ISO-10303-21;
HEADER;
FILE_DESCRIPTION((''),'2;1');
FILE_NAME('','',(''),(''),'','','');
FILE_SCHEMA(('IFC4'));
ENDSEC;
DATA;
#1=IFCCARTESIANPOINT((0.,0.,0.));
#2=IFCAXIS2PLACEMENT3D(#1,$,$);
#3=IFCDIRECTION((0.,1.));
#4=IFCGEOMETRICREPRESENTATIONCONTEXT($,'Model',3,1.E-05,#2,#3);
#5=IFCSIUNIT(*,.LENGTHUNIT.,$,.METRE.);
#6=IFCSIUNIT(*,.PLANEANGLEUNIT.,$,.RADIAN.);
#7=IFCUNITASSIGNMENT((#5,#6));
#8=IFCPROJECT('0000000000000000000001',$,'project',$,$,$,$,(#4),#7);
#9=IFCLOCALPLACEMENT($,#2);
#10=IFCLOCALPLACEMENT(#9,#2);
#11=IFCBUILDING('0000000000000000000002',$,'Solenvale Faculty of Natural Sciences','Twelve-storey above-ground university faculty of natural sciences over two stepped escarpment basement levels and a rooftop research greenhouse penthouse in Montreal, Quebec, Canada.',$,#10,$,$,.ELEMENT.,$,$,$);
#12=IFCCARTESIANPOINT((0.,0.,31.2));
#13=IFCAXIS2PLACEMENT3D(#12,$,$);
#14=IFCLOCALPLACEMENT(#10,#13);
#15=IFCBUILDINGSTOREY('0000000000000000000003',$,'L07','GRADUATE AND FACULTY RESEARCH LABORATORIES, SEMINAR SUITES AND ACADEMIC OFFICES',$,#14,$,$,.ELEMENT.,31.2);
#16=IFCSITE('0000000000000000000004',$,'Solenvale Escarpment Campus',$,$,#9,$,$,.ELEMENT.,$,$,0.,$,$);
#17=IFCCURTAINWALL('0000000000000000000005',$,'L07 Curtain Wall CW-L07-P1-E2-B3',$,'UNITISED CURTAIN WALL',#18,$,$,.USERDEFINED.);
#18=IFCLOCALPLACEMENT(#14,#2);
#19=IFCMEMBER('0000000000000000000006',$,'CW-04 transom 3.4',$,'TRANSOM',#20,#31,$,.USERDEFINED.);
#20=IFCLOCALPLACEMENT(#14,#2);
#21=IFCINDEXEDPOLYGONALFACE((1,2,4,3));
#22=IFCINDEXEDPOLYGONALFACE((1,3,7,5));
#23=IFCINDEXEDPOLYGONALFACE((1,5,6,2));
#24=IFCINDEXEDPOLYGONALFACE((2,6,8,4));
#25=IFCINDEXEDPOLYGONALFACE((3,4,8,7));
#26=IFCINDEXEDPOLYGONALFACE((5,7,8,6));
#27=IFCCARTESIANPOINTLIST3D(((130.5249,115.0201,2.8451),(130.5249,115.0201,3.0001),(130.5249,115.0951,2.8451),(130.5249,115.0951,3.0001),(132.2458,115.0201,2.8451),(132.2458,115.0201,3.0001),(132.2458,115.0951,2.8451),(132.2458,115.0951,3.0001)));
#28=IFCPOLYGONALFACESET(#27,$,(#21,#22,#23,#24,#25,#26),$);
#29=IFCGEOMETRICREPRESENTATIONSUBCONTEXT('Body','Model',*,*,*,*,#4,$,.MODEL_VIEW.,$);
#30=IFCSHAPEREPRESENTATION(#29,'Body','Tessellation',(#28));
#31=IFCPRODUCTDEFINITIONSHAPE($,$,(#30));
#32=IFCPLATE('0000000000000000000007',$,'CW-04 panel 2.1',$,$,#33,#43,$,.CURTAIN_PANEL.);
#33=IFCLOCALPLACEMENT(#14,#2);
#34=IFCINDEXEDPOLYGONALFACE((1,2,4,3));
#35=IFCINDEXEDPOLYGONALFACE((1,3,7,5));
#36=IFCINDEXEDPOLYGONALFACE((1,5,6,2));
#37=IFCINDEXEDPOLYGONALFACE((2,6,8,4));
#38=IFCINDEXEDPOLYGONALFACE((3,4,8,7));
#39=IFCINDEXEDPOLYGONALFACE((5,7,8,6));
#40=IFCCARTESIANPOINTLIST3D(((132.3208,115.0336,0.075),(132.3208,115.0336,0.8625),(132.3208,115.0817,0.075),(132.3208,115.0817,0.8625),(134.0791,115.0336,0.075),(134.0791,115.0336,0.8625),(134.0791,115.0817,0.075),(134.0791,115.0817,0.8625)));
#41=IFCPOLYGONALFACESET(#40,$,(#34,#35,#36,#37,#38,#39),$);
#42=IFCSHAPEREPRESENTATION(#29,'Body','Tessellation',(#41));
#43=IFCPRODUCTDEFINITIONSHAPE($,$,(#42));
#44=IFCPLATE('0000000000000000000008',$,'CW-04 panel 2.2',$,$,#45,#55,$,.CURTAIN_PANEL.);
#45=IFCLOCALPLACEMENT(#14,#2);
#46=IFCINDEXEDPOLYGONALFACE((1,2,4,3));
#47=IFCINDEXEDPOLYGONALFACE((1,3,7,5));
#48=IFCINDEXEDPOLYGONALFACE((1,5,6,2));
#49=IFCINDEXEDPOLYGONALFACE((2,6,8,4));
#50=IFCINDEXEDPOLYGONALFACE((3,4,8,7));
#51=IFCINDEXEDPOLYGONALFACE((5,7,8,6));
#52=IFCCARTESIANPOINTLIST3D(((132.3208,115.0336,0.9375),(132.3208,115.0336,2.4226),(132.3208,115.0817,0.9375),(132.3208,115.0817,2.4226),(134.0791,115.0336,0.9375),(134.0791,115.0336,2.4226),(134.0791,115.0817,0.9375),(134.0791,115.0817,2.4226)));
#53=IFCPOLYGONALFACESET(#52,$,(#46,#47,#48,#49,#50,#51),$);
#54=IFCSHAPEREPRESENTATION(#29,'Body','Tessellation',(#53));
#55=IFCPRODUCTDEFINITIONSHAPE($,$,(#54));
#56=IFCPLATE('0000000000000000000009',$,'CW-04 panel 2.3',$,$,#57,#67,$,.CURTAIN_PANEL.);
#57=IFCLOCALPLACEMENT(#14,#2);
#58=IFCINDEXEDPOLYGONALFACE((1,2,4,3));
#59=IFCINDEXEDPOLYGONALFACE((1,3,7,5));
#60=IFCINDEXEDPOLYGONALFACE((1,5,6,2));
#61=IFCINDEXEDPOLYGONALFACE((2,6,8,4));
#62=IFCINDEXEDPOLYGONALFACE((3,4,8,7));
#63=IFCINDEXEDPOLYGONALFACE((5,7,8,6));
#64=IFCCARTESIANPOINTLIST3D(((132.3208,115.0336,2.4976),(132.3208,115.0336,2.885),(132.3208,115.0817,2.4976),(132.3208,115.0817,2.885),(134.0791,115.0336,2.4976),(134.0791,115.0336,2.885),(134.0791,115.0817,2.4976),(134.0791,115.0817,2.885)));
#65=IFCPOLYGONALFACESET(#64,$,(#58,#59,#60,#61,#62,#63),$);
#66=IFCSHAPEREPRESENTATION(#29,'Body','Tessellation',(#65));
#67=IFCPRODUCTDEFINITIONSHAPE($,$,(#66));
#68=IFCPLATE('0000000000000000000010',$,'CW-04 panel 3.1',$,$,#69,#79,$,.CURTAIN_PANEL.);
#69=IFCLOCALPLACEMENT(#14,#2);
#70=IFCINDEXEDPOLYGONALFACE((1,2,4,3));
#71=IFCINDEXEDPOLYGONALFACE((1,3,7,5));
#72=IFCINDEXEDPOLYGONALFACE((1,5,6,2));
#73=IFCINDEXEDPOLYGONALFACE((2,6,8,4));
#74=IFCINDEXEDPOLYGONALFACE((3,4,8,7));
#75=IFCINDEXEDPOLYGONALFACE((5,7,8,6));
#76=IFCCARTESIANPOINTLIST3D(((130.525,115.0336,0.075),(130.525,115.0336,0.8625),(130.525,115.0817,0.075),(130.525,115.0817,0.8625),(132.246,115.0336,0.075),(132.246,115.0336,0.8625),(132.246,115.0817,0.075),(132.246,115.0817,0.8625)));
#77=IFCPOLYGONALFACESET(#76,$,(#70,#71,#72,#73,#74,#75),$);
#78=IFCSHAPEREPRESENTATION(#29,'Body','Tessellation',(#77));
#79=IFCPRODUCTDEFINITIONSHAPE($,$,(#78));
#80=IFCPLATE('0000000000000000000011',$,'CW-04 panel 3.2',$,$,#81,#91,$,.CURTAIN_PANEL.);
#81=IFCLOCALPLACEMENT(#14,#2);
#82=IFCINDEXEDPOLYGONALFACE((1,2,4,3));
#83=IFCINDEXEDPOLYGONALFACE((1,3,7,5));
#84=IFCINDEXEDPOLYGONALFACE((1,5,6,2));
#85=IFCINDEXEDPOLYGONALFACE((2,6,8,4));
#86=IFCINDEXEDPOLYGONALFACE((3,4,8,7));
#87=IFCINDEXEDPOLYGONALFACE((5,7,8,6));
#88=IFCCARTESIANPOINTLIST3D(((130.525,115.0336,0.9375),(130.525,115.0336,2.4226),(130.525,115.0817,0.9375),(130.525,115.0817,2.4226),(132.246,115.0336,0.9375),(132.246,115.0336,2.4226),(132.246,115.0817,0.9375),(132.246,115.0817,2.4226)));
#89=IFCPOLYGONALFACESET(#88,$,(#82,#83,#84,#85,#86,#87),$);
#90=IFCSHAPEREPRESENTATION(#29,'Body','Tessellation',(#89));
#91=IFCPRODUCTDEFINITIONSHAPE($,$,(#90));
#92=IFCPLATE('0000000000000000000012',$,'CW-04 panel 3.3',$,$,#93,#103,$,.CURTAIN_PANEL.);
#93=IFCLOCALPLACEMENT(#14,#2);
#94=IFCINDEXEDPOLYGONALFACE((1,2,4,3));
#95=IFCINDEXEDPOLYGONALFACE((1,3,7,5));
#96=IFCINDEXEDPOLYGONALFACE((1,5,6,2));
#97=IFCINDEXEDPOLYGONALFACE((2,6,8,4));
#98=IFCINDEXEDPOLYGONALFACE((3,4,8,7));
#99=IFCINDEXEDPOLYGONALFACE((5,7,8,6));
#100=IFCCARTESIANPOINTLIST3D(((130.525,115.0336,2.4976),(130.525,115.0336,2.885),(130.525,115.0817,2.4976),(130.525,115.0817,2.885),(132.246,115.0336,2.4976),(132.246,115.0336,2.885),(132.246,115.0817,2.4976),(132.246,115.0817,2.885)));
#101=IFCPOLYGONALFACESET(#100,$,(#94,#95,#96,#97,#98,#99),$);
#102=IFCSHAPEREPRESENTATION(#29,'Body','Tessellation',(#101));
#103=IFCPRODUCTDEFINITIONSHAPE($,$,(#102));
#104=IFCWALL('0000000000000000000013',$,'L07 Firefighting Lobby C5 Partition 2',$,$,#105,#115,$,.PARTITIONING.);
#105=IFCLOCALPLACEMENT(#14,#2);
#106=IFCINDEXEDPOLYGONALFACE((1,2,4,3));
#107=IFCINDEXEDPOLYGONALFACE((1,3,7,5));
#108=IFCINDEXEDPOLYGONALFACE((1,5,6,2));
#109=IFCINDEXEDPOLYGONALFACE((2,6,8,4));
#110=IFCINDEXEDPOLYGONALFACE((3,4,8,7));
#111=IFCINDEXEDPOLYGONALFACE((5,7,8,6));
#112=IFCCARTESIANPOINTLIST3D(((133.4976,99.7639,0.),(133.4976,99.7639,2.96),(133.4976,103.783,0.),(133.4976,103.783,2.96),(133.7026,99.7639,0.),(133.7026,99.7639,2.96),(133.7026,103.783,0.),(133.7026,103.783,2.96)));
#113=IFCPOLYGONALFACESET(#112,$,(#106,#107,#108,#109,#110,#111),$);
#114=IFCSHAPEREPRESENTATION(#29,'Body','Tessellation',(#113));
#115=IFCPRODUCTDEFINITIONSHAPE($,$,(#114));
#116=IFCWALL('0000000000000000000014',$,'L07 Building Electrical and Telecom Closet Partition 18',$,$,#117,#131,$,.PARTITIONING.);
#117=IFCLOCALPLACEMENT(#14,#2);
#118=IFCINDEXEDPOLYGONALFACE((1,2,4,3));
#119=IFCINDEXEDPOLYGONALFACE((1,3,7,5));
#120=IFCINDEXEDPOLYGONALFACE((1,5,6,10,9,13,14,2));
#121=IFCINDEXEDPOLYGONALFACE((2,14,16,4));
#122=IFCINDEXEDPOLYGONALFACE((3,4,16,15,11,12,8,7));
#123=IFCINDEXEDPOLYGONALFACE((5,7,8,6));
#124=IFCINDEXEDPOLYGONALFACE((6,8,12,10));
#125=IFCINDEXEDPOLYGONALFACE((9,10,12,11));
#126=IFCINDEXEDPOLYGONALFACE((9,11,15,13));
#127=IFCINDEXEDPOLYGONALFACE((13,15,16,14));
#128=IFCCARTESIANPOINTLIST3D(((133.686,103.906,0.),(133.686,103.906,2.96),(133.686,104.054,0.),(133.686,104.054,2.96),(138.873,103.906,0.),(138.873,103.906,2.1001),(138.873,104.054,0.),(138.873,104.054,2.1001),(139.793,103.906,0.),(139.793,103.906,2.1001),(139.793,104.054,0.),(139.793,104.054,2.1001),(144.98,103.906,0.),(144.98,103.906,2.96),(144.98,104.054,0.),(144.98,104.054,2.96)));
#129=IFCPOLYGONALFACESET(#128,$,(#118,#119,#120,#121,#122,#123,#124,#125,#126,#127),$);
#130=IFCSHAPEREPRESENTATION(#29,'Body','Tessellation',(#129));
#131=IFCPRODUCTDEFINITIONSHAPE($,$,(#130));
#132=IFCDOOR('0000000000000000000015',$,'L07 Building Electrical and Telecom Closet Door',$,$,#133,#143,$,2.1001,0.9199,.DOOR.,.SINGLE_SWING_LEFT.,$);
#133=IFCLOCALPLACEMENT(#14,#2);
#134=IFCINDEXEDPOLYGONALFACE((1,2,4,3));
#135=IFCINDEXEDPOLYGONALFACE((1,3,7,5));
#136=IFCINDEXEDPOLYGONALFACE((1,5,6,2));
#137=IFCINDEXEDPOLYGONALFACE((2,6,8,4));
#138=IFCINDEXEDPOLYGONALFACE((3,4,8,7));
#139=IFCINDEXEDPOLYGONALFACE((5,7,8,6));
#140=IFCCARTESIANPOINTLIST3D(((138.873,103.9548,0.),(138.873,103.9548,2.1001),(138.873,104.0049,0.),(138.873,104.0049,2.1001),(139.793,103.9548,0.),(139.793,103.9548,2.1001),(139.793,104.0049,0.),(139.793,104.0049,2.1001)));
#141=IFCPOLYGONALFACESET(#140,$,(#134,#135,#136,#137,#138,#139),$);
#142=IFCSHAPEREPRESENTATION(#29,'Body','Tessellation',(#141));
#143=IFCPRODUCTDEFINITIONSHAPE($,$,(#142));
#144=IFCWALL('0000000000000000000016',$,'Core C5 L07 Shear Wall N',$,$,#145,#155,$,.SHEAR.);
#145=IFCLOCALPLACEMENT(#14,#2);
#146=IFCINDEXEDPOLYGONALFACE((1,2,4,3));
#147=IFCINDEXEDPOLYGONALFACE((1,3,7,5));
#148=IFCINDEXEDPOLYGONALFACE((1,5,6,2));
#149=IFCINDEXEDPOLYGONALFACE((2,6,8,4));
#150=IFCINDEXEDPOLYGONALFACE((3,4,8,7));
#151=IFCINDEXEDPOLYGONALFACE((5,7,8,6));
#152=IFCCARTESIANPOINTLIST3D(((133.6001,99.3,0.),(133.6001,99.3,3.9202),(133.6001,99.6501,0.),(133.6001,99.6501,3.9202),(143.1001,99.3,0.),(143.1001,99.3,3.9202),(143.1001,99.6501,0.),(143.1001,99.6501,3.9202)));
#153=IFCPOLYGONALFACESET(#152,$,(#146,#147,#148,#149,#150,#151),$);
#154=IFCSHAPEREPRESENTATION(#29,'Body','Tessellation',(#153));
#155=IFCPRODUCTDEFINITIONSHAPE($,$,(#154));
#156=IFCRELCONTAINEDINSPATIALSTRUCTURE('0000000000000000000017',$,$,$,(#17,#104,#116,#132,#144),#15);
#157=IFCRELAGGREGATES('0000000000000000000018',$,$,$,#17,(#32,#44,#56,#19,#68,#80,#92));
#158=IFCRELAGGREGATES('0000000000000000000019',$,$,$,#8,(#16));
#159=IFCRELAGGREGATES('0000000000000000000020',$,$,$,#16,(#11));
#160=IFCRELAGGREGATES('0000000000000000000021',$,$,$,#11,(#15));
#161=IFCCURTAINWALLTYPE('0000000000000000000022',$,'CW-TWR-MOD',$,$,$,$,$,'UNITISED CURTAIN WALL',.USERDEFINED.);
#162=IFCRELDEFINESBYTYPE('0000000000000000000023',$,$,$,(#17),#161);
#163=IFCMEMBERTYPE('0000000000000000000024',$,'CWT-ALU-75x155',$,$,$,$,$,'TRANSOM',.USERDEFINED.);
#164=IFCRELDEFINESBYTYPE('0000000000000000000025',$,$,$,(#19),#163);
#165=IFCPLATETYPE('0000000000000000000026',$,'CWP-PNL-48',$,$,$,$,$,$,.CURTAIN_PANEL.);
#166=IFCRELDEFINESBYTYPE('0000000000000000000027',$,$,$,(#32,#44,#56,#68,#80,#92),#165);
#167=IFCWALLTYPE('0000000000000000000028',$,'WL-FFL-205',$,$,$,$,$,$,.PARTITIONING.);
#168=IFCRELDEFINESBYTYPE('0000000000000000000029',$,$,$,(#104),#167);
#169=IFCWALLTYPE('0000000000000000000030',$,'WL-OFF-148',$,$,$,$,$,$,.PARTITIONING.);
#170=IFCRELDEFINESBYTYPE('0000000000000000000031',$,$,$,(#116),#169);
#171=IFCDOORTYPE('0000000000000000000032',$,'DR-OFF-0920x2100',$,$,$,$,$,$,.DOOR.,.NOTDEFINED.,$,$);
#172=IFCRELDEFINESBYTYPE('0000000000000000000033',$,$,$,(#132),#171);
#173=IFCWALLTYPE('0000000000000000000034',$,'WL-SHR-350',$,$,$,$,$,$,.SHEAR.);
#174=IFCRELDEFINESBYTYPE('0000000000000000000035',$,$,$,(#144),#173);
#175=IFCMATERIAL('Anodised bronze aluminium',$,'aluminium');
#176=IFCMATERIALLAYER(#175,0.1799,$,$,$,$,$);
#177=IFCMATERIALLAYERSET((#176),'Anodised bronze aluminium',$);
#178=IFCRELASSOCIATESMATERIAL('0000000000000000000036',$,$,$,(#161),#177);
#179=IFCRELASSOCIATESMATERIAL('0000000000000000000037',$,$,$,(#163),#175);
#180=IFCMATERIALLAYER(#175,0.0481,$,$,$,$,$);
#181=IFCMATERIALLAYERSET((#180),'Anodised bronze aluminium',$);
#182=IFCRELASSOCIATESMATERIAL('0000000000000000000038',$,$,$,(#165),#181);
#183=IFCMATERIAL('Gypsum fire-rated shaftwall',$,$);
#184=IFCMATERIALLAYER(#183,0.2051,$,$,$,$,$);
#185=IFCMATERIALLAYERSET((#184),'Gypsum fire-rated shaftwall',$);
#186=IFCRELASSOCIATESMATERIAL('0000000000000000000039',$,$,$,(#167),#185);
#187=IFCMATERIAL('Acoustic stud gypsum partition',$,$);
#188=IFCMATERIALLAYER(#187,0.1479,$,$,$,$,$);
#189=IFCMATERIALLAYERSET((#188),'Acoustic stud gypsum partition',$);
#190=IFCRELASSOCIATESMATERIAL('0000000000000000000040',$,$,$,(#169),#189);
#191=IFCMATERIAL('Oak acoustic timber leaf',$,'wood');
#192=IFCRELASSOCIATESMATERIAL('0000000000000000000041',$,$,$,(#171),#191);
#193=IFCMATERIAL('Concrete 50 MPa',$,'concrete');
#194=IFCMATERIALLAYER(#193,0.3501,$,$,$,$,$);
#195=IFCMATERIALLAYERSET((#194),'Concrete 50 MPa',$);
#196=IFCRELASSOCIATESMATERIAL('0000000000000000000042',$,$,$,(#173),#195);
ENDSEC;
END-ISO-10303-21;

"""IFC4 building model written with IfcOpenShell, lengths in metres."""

from ifc_helpers import new_model, si_unit, direction, frame, frame_2d, origin, origin_2d, place, context, subcontext, project, spatial, rectangle, extrude, material, layer, layer_set, material_profile, profile_set, type_object, element, fill, aggregate, save


model = new_model("IFC4")

# Units and contexts
model_context = context("Model", 3, precision=1e-05, world=origin(), true_north=direction((0.0, 1.0)))
body_context = subcontext(model_context, "Body", "Model", "MODEL_VIEW")
ifc_project = project(units=[si_unit("LENGTHUNIT", "METRE"), si_unit("PLANEANGLEUNIT", "RADIAN")], contexts=[model_context])

# Site, building, storey
site_placement = place(None, origin())
site = spatial("IfcSite", under=ifc_project, at=site_placement, Name="Solenvale Escarpment Campus", CompositionType="ELEMENT", RefElevation=0.0)
building_placement = place(site_placement, origin())
building = spatial("IfcBuilding", under=site, at=building_placement, Name="Solenvale Faculty of Natural Sciences", Description="Twelve-storey above-ground university faculty of natural sciences over two stepped escarpment basement levels and a rooftop research greenhouse penthouse in Montreal, Quebec, Canada.", CompositionType="ELEMENT")
storey_placement = place(building_placement, frame((0.0, 0.0, 31.2)))
storey = spatial("IfcBuildingStorey", under=building, at=storey_placement, Name="L07", Description="GRADUATE AND FACULTY RESEARCH LABORATORIES, SEMINAR SUITES AND ACADEMIC OFFICES", CompositionType="ELEMENT", Elevation=31.2)

# Curtain wall, member, plates
ifc_material_1 = material(Name="Anodised bronze aluminium", Category="aluminium")
ifc_layer_1 = layer(ifc_material_1, 0.1799)
ifc_layer_set_1 = layer_set([ifc_layer_1], Name="Anodised bronze aluminium")
curtain_wall_type = type_object("IfcCurtainWallType", Name="CW-TWR-MOD", ElementType="UNITISED CURTAIN WALL", PredefinedType="USERDEFINED", material=ifc_layer_set_1)
curtain_wall_placement = place(storey_placement, origin())
curtain_wall = element("IfcCurtainWall", 1, at=curtain_wall_placement, inside=storey, type_object=curtain_wall_type, Name="L07 Curtain Wall CW-L07-P1-E2-B3", ObjectType="UNITISED CURTAIN WALL", PredefinedType="USERDEFINED")
ifc_material_profile_1 = material_profile(ifc_material_1, rectangle(XDim=0.075, YDim=0.155, at=origin_2d()), Name="ALU-TRN-75x155")
ifc_profile_set_1 = profile_set([ifc_material_profile_1], Name="Anodised bronze aluminium")
member_type_1 = type_object("IfcMemberType", Name="CWT-ALU-75x155", ElementType="TRANSOM", PredefinedType="USERDEFINED", material=ifc_profile_set_1)
member_1_placement = place(storey_placement, frame((132.2458, 115.0576, 2.9226), z_axis=(-1.0, 0.0, 0.0), x_axis=(0.0, -1.0, 0.0)))
member_1 = element("IfcMember", 2, at=member_1_placement, type_object=member_type_1, Name="CW-04 transom 3.4", ObjectType="TRANSOM", PredefinedType="USERDEFINED", context=body_context, shape_type="SweptSolid", body=[
    extrude(rectangle(XDim=0.075, YDim=0.155, at=origin_2d()), origin(), (0.0, 0.0, 1.0), 1.7209),
])
ifc_layer_2 = layer(ifc_material_1, 0.0481)
ifc_layer_set_2 = layer_set([ifc_layer_2], Name="Anodised bronze aluminium")
plate_type = type_object("IfcPlateType", Name="CWP-PNL-48", PredefinedType="CURTAIN_PANEL", material=ifc_layer_set_2)
plate_1_placement = place(storey_placement, frame((133.2, 115.0576, 0.075), z_axis=(0.0, 0.0, 1.0), x_axis=(-1.0, 0.0, 0.0)))
plate_1 = element("IfcPlate", 3, at=plate_1_placement, type_object=plate_type, Name="CW-04 panel 2.1", PredefinedType="CURTAIN_PANEL", context=body_context, shape_type="SweptSolid", body=[
    extrude(rectangle(XDim=1.7583, YDim=0.0481, at=origin_2d()), origin(), (0.0, 0.0, 1.0), 0.7876),
])
plate_2_placement = place(storey_placement, frame((133.2, 115.0576, 0.9375), z_axis=(0.0, 0.0, 1.0), x_axis=(-1.0, 0.0, 0.0)))
plate_2 = element("IfcPlate", 4, at=plate_2_placement, type_object=plate_type, Name="CW-04 panel 2.2", PredefinedType="CURTAIN_PANEL", context=body_context, shape_type="SweptSolid", body=[
    extrude(rectangle(XDim=1.7583, YDim=0.0481, at=origin_2d()), origin(), (0.0, 0.0, 1.0), 1.4851),
])
plate_3_placement = place(storey_placement, frame((133.2, 115.0576, 2.4976), z_axis=(0.0, 0.0, 1.0), x_axis=(-1.0, 0.0, 0.0)))
plate_3 = element("IfcPlate", 5, at=plate_3_placement, type_object=plate_type, Name="CW-04 panel 2.3", PredefinedType="CURTAIN_PANEL", context=body_context, shape_type="SweptSolid", body=[
    extrude(rectangle(XDim=1.7583, YDim=0.0481, at=origin_2d()), origin(), (0.0, 0.0, 1.0), 0.3875),
])
plate_4_placement = place(storey_placement, frame((131.3855, 115.0576, 0.075), z_axis=(0.0, 0.0, 1.0), x_axis=(-1.0, 0.0, 0.0)))
plate_4 = element("IfcPlate", 6, at=plate_4_placement, type_object=plate_type, Name="CW-04 panel 3.1", PredefinedType="CURTAIN_PANEL", context=body_context, shape_type="SweptSolid", body=[
    extrude(rectangle(XDim=1.7209, YDim=0.0481, at=origin_2d()), origin(), (0.0, 0.0, 1.0), 0.7876),
])
plate_5_placement = place(storey_placement, frame((131.3855, 115.0576, 0.9375), z_axis=(0.0, 0.0, 1.0), x_axis=(-1.0, 0.0, 0.0)))
plate_5 = element("IfcPlate", 7, at=plate_5_placement, type_object=plate_type, Name="CW-04 panel 3.2", PredefinedType="CURTAIN_PANEL", context=body_context, shape_type="SweptSolid", body=[
    extrude(rectangle(XDim=1.7209, YDim=0.0481, at=origin_2d()), origin(), (0.0, 0.0, 1.0), 1.4851),
])
plate_6_placement = place(storey_placement, frame((131.3855, 115.0576, 2.4976), z_axis=(0.0, 0.0, 1.0), x_axis=(-1.0, 0.0, 0.0)))
plate_6 = element("IfcPlate", 8, at=plate_6_placement, type_object=plate_type, Name="CW-04 panel 3.3", PredefinedType="CURTAIN_PANEL", context=body_context, shape_type="SweptSolid", body=[
    extrude(rectangle(XDim=1.7209, YDim=0.0481, at=origin_2d()), origin(), (0.0, 0.0, 1.0), 0.3875),
])
aggregate(curtain_wall, [plate_1, plate_2, plate_3, member_1, plate_4, plate_5, plate_6])

# Wall
ifc_material_2 = material(Name="Gypsum fire-rated shaftwall")
ifc_layer_3 = layer(ifc_material_2, 0.2051)
ifc_layer_set_3 = layer_set([ifc_layer_3], Name="Gypsum fire-rated shaftwall")
wall_type_1 = type_object("IfcWallType", Name="WL-FFL-205", PredefinedType="PARTITIONING", material=ifc_layer_set_3)
wall_1_placement = place(storey_placement, frame((133.6001, 103.783, 0.0), z_axis=(0.0, 0.0, 1.0), x_axis=(0.0, -1.0, 0.0)))
element("IfcWall", 9, at=wall_1_placement, inside=storey, type_object=wall_type_1, Name="L07 Firefighting Lobby C5 Partition 2", PredefinedType="PARTITIONING", context=body_context, shape_type="SweptSolid", body=[
    extrude(rectangle(XDim=4.019, YDim=0.2051, at=frame_2d((2.0095, 0.0))), origin(), (0.0, 0.0, 1.0), 2.96),
])

# Wall, opening, door
ifc_material_3 = material(Name="Acoustic stud gypsum partition")
ifc_layer_4 = layer(ifc_material_3, 0.1479)
ifc_layer_set_4 = layer_set([ifc_layer_4], Name="Acoustic stud gypsum partition")
wall_type_2 = type_object("IfcWallType", Name="WL-OFF-148", PredefinedType="PARTITIONING", material=ifc_layer_set_4)
wall_2_placement = place(storey_placement, frame((133.686, 103.98, 0.0), z_axis=(0.0, 0.0, 1.0), x_axis=(1.0, 0.0, 0.0)))
wall_2 = element("IfcWall", 10, at=wall_2_placement, inside=storey, type_object=wall_type_2, Name="L07 Building Electrical and Telecom Closet Partition 18", PredefinedType="PARTITIONING", context=body_context, shape_type="SweptSolid", body=[
    extrude(rectangle(XDim=11.2939, YDim=0.1479, at=frame_2d((5.647, 0.0))), origin(), (0.0, 0.0, 1.0), 2.96),
])
opening_placement = place(wall_2_placement, frame((5.187, 0.0, 0.0)))
opening = element("IfcOpeningElement", 11, at=opening_placement, cuts=wall_2, PredefinedType="OPENING", context=body_context, shape_type="SweptSolid", body=[
    extrude(rectangle(XDim=0.9199, YDim=2.1001, at=frame_2d((0.46, 1.05))), frame((0.0, 0.084, 0.0), z_axis=(0.0, -1.0, 0.0), x_axis=(1.0, 0.0, 0.0)), (0.0, 0.0, 1.0), 0.168),
])
ifc_material_4 = material(Name="Oak acoustic timber leaf", Category="wood")
door_type = type_object("IfcDoorType", Name="DR-OFF-0920x2100", OperationType="NOTDEFINED", PredefinedType="DOOR", material=ifc_material_4)
door_placement = place(opening_placement, origin())
door = element("IfcDoor", 12, at=door_placement, inside=storey, type_object=door_type, Name="L07 Building Electrical and Telecom Closet Door", OperationType="SINGLE_SWING_LEFT", OverallHeight=2.1001, OverallWidth=0.9199, PredefinedType="DOOR", context=body_context, shape_type="SweptSolid", body=[
    extrude(rectangle(XDim=0.9199, YDim=2.1001, at=frame_2d((0.46, 1.05))), frame((0.0, 0.0249, 0.0), z_axis=(0.0, -1.0, 0.0), x_axis=(1.0, 0.0, 0.0)), (0.0, 0.0, 1.0), 0.05),
])
fill(opening, door)

# Wall
ifc_material_5 = material(Name="Concrete 50 MPa", Category="concrete")
ifc_layer_5 = layer(ifc_material_5, 0.3501)
ifc_layer_set_5 = layer_set([ifc_layer_5], Name="Concrete 50 MPa")
wall_type_3 = type_object("IfcWallType", Name="WL-SHR-350", PredefinedType="SHEAR", material=ifc_layer_set_5)
wall_3_placement = place(storey_placement, frame((133.6001, 99.4751, 0.0), z_axis=(0.0, 0.0, 1.0), x_axis=(1.0, 0.0, 0.0)))
element("IfcWall", 13, at=wall_3_placement, inside=storey, type_object=wall_type_3, Name="Core C5 L07 Shear Wall N", PredefinedType="SHEAR", context=body_context, shape_type="SweptSolid", body=[
    extrude(rectangle(XDim=9.5, YDim=0.3501, at=frame_2d((4.75, 0.0))), origin(), (0.0, 0.0, 1.0), 3.9202),
])

save(model, "model.ifc")
